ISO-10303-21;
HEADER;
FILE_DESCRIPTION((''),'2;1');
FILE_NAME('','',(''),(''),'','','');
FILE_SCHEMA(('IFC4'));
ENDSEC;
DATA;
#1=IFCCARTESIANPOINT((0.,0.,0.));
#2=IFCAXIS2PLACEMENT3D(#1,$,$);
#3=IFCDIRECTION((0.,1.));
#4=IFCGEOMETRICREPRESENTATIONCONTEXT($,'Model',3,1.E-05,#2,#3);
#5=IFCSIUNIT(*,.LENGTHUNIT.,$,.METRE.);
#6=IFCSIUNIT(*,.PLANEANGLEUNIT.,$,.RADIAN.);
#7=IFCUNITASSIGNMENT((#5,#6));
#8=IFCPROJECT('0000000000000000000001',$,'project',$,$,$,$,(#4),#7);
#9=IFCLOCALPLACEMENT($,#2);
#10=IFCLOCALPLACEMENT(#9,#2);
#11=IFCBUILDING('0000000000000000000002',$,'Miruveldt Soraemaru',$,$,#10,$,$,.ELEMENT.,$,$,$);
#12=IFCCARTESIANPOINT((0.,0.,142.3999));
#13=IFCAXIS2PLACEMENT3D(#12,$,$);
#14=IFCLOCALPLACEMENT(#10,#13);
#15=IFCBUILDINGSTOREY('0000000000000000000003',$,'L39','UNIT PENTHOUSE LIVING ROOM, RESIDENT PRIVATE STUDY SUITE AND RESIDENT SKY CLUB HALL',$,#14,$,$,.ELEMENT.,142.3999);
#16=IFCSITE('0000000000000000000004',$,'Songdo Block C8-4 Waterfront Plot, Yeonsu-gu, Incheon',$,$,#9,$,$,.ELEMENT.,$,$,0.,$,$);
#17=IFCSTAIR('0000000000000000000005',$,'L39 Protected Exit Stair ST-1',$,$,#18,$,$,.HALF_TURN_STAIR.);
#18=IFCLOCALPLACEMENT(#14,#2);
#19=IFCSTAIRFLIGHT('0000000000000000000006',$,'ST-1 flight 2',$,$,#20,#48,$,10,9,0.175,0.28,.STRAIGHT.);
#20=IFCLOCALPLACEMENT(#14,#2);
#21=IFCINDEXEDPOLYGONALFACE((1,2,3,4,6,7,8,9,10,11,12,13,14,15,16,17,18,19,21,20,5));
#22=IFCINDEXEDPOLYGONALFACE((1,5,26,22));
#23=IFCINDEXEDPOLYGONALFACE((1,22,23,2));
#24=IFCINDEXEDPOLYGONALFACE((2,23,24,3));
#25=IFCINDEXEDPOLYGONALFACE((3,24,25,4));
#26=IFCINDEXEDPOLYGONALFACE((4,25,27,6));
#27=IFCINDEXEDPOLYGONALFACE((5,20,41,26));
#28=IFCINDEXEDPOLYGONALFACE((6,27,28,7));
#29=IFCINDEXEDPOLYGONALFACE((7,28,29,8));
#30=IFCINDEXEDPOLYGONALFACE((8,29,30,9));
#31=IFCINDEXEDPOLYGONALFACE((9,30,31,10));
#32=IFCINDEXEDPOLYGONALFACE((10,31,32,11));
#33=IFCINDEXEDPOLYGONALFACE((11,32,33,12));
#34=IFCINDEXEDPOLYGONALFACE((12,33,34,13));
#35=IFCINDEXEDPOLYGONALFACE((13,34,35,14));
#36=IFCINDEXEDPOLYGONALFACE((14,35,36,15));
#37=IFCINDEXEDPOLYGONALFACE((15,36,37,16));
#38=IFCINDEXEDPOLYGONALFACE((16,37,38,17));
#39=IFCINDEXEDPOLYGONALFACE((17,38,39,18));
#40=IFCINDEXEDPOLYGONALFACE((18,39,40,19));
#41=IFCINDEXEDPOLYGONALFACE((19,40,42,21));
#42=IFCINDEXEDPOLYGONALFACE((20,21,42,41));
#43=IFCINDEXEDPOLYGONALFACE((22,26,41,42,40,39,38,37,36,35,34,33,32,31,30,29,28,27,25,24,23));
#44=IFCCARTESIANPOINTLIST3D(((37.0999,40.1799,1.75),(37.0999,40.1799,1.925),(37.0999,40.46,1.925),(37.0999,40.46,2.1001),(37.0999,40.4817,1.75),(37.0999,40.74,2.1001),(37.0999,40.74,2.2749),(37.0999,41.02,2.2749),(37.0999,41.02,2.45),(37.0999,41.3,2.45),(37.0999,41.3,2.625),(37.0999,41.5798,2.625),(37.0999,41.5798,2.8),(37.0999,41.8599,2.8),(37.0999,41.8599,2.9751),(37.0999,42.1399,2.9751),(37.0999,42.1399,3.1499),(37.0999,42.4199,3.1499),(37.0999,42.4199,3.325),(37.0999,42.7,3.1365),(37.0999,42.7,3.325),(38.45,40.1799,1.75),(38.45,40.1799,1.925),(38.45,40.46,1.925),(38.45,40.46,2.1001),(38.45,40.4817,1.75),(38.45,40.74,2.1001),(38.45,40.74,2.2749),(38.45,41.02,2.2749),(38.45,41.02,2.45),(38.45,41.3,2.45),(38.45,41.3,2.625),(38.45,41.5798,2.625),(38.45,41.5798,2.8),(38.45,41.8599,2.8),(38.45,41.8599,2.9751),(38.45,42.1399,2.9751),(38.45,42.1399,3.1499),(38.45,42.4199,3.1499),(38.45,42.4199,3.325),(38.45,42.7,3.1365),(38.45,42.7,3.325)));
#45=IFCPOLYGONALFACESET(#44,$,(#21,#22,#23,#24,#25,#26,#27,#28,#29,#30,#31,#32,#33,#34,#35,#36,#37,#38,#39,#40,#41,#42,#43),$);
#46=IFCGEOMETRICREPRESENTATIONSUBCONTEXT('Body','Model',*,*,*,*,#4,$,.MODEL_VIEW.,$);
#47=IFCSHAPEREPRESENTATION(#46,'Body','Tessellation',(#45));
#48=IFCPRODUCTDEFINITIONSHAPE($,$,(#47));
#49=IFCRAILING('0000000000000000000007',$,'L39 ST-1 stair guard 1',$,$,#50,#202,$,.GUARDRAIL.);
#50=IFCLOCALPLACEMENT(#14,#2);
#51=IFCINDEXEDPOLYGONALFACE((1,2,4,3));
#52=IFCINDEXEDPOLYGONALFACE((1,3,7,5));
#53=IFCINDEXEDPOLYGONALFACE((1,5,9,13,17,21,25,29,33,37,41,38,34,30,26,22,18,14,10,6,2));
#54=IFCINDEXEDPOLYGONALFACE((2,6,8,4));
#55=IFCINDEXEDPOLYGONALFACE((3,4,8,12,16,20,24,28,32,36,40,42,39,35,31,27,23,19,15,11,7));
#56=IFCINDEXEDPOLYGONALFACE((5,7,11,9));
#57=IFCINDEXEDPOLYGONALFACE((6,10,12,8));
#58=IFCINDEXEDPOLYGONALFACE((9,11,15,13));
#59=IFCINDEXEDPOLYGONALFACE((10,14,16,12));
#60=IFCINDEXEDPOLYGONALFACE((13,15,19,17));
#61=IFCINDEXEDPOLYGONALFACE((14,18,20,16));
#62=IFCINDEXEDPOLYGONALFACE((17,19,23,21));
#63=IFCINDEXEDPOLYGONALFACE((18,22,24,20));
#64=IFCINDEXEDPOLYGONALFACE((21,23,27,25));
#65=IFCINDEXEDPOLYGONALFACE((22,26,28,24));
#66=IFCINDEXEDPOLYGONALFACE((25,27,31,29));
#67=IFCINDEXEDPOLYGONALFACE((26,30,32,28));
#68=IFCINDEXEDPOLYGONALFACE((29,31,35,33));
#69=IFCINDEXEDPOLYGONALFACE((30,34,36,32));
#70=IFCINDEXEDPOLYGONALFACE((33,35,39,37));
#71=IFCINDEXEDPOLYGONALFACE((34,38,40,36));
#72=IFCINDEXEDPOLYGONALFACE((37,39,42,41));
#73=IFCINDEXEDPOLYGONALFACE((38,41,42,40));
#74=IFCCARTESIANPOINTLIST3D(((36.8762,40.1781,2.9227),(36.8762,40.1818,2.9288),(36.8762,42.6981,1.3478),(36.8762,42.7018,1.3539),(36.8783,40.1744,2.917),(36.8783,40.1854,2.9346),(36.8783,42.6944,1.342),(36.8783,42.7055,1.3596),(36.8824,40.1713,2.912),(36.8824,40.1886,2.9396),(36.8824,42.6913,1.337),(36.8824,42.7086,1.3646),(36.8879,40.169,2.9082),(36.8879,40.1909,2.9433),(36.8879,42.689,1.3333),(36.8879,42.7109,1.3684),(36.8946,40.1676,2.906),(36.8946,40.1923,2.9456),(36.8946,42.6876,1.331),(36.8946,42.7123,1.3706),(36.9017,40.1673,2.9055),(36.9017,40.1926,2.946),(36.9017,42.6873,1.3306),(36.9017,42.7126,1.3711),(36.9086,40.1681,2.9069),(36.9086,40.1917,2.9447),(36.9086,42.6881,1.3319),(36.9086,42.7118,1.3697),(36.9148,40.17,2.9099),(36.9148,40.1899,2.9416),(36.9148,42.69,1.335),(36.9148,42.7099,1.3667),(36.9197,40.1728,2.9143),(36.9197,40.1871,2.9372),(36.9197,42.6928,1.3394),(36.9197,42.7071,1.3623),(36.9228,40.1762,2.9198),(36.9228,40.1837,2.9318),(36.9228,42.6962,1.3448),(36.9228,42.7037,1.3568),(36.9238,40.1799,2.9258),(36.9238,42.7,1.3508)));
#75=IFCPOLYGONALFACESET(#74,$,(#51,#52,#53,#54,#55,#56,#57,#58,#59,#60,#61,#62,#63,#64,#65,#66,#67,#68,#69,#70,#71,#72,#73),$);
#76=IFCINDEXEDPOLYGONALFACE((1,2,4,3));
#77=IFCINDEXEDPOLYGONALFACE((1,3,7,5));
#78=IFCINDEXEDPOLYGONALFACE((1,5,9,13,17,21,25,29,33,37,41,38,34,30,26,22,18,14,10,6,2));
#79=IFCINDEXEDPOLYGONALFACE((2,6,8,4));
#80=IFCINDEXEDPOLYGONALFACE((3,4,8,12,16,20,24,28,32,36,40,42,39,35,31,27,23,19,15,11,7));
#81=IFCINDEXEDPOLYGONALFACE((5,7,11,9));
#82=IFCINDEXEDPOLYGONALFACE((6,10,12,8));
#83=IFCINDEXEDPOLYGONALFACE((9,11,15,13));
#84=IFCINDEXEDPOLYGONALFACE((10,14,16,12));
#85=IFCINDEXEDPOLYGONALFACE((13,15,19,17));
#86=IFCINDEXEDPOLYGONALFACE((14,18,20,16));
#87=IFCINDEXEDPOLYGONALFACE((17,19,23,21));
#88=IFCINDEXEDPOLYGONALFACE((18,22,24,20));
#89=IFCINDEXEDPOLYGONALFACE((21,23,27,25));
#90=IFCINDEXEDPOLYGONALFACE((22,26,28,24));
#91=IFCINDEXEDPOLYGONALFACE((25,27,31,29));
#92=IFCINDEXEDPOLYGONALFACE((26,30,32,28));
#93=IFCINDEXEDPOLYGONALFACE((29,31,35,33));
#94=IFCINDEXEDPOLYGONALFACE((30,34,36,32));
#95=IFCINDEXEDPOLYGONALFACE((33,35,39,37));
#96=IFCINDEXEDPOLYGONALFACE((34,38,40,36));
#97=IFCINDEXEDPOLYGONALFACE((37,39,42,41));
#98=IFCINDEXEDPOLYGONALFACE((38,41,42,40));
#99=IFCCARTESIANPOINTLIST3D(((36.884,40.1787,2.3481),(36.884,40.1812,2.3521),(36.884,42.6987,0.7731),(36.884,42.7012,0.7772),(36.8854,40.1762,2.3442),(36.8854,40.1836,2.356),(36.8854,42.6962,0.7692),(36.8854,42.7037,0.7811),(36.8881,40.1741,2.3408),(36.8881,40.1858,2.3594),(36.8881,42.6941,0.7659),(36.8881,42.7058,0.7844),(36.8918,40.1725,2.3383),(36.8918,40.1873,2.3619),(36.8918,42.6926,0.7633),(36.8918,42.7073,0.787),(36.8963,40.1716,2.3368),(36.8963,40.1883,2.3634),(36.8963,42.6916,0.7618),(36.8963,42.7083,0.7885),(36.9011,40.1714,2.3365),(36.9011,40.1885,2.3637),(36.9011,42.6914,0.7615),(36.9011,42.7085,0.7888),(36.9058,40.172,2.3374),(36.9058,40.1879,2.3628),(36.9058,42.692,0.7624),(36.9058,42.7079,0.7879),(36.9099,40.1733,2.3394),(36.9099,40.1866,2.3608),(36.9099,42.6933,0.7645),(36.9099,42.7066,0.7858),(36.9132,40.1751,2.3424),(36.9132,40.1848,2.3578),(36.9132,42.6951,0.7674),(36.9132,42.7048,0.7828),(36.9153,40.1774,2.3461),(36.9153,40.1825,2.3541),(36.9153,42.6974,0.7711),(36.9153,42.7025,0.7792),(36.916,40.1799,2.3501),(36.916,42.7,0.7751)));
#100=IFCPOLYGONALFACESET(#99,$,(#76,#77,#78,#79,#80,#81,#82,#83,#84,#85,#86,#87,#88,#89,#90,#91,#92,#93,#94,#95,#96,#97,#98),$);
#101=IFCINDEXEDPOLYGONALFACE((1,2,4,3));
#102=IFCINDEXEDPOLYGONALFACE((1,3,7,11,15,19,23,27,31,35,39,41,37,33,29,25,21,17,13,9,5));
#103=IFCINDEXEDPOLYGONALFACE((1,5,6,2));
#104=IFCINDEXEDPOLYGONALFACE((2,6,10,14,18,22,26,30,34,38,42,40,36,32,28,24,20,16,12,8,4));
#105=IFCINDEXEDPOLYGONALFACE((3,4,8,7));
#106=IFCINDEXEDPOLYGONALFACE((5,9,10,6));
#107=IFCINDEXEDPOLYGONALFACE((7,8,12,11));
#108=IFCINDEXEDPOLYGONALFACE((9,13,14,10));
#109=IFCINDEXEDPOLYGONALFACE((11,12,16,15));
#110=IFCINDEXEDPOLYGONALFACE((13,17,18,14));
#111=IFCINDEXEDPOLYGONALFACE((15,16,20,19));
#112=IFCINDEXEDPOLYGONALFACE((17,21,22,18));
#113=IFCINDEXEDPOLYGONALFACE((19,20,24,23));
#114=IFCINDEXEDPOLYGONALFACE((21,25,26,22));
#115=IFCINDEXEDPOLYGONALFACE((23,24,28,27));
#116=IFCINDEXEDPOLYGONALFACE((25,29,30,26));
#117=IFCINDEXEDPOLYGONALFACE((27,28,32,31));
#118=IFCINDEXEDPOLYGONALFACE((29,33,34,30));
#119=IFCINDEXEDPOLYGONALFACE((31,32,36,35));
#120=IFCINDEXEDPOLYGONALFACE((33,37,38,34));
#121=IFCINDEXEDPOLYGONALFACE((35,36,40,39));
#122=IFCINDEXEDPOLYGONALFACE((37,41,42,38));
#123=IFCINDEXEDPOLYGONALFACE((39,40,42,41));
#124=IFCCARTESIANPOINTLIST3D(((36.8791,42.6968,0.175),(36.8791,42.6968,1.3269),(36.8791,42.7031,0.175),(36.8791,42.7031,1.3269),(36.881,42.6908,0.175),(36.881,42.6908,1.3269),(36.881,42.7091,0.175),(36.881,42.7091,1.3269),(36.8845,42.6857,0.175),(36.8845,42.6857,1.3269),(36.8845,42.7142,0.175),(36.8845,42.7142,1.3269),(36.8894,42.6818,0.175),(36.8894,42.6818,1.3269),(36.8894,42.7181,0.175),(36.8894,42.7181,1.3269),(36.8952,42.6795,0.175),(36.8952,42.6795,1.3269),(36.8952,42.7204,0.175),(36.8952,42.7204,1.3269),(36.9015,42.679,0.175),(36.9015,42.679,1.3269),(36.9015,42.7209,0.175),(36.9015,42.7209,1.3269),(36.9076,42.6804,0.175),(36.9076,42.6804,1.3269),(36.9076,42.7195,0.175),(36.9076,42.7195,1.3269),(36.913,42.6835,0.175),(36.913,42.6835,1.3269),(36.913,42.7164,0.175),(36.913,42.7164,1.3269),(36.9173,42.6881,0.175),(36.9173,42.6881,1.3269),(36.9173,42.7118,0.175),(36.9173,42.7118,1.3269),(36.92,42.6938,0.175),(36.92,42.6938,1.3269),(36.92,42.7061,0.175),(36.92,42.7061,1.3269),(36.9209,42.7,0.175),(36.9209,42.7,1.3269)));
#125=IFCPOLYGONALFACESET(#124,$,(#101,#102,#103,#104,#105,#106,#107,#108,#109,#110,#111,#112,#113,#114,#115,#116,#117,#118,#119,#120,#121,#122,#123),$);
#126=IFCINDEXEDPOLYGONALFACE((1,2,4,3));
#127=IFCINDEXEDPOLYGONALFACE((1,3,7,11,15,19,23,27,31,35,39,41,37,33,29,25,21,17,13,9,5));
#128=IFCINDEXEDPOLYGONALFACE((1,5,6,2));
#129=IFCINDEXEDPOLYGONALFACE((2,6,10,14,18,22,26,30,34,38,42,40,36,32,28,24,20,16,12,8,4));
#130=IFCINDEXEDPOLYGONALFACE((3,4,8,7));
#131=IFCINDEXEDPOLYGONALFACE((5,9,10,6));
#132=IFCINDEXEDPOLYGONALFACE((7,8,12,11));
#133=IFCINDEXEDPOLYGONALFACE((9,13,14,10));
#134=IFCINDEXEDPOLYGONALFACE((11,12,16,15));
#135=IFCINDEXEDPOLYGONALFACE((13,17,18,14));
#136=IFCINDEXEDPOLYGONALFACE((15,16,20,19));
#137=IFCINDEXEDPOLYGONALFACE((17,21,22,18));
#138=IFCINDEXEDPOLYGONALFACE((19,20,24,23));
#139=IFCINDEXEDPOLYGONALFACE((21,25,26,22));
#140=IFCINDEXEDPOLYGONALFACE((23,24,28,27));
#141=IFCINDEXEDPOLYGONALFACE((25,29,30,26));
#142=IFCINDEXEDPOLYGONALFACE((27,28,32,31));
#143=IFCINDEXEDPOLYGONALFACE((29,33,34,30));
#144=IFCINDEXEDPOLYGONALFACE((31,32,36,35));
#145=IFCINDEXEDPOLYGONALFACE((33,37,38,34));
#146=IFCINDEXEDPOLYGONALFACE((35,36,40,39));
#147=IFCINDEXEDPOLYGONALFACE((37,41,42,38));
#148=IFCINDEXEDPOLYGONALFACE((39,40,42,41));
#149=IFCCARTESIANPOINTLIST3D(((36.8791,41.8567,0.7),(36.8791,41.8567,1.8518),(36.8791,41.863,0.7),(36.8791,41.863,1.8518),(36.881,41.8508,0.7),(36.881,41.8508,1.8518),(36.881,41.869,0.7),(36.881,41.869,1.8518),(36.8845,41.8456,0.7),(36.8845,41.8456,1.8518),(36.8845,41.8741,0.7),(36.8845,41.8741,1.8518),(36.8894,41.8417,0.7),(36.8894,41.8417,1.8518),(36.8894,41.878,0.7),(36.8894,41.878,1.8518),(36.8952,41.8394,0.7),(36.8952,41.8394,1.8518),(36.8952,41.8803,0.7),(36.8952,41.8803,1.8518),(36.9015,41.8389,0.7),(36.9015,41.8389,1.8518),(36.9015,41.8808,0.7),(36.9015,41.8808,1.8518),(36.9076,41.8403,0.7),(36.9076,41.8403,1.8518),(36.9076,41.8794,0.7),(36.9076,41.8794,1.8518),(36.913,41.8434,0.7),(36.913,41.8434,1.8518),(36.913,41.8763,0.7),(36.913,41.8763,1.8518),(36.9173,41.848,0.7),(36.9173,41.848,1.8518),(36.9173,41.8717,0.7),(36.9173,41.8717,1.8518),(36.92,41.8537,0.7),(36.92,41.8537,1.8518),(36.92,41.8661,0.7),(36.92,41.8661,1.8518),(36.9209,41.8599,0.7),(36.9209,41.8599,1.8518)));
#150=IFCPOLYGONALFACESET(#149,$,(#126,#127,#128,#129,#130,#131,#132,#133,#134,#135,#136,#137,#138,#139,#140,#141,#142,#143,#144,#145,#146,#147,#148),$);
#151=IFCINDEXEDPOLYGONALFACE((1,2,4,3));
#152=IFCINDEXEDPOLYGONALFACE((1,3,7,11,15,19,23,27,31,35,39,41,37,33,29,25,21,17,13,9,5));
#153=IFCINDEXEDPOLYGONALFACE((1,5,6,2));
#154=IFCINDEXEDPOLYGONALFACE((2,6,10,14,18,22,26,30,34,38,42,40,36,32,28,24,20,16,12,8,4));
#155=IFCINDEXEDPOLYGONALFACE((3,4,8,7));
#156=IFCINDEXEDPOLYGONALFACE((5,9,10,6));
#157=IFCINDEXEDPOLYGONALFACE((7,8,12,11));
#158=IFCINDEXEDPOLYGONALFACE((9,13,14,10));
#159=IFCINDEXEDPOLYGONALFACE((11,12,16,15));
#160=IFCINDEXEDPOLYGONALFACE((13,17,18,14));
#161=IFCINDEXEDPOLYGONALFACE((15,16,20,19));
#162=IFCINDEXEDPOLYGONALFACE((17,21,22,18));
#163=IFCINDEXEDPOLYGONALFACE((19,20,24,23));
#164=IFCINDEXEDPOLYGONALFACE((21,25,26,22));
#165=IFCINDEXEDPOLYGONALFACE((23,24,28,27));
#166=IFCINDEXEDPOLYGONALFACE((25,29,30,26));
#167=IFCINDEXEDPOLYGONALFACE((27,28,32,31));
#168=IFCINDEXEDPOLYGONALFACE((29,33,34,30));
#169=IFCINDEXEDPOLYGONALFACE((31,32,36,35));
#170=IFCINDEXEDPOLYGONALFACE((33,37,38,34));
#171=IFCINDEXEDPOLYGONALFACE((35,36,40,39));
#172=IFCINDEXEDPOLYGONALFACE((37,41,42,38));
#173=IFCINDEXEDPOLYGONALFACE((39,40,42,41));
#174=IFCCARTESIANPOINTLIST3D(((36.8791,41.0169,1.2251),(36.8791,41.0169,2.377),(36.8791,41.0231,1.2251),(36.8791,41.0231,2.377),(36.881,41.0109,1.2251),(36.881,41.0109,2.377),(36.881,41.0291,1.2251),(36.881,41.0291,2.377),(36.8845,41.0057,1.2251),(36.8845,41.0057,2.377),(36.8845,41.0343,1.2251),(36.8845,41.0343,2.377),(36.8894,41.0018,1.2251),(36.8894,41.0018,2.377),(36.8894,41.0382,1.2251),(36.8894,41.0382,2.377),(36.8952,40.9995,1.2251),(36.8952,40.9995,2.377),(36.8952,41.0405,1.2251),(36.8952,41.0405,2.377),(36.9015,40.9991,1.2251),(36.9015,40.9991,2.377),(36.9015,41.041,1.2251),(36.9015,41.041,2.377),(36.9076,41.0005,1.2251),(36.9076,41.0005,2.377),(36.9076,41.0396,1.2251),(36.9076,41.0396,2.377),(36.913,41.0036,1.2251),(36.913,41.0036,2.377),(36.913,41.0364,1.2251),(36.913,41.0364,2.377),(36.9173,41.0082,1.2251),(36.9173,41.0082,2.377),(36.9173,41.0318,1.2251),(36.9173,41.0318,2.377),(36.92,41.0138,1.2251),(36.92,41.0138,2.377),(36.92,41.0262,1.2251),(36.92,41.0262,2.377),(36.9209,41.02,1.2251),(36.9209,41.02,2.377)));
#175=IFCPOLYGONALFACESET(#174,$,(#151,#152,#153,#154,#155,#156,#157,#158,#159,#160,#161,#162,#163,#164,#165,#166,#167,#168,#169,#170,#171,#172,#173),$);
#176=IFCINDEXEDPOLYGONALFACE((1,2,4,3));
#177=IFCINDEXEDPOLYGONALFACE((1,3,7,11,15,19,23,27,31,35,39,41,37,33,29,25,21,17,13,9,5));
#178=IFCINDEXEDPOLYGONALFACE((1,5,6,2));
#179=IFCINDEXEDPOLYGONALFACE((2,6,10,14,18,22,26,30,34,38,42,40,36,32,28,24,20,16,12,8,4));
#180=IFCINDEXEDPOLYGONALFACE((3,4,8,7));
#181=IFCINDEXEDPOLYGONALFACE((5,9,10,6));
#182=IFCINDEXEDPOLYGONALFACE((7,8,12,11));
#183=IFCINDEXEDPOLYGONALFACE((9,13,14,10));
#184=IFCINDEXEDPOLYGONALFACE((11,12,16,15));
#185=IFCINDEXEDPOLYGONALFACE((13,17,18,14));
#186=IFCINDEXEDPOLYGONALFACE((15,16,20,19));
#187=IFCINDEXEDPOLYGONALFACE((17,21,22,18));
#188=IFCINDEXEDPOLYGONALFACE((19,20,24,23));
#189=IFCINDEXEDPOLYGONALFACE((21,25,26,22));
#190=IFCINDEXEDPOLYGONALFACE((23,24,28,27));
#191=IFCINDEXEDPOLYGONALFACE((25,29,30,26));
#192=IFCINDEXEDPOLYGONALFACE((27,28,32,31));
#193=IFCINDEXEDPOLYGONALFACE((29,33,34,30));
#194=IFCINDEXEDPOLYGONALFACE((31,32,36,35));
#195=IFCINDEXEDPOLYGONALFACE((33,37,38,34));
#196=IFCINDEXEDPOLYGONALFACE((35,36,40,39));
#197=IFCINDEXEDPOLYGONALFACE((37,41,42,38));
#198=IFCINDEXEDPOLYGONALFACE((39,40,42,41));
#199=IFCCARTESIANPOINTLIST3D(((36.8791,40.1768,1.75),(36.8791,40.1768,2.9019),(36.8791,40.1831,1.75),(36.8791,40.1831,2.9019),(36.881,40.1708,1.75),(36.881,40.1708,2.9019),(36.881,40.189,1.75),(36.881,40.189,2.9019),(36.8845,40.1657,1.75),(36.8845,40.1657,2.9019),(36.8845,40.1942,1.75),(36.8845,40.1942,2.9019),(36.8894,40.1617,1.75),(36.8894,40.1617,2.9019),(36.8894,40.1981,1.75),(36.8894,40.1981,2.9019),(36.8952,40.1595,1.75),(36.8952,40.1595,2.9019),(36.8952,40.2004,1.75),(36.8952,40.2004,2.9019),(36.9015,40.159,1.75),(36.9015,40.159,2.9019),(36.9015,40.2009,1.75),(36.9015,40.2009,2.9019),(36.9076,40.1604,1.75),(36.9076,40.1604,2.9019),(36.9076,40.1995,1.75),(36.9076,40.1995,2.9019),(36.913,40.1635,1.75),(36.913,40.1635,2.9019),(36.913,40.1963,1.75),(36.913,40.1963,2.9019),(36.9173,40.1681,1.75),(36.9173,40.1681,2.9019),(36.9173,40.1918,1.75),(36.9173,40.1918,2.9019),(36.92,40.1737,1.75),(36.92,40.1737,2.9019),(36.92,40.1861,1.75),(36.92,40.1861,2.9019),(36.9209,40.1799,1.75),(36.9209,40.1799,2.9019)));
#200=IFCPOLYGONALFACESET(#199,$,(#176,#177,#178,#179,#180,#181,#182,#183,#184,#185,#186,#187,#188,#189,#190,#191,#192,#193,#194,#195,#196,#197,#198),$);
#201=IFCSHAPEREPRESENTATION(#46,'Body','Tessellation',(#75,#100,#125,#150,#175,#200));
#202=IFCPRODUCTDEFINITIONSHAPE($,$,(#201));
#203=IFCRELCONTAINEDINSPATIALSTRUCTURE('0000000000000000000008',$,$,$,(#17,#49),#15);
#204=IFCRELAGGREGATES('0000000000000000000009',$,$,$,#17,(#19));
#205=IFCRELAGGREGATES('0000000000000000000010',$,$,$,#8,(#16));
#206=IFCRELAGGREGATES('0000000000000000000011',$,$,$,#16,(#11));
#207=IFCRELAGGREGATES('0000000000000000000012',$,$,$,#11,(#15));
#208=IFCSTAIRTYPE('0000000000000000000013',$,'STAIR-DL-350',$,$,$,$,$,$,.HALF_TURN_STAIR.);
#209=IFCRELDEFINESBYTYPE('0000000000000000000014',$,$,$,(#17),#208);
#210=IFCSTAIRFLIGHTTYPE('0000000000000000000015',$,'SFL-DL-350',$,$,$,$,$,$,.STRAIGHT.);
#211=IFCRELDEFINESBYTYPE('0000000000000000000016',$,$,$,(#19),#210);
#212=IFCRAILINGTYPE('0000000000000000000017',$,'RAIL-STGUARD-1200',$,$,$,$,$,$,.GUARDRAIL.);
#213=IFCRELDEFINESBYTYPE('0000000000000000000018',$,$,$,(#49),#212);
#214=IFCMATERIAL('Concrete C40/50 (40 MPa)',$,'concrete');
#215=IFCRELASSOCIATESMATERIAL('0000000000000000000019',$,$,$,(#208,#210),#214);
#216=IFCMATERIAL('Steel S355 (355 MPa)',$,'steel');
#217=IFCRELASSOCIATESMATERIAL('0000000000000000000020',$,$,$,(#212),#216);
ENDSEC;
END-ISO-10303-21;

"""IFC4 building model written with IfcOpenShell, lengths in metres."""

from ifc_helpers import new_model, si_unit, direction, frame, origin, origin_2d, place, context, subcontext, project, spatial, polyline, circle, outline, extrude, material, type_object, element, aggregate, save


model = new_model("IFC4")

# Units and contexts
model_context = context("Model", 3, precision=1e-05, world=origin(), true_north=direction((0.0, 1.0)))
body_context = subcontext(model_context, "Body", "Model", "MODEL_VIEW")
ifc_project = project(units=[si_unit("LENGTHUNIT", "METRE"), si_unit("PLANEANGLEUNIT", "RADIAN")], contexts=[model_context])

# Site, building, storey
site_placement = place(None, origin())
site = spatial("IfcSite", under=ifc_project, at=site_placement, Name="Songdo Block C8-4 Waterfront Plot, Yeonsu-gu, Incheon", CompositionType="ELEMENT", RefElevation=0.0)
building_placement = place(site_placement, origin())
building = spatial("IfcBuilding", under=site, at=building_placement, Name="Miruveldt Soraemaru", CompositionType="ELEMENT")
storey_placement = place(building_placement, frame((0.0, 0.0, 142.3999)))
storey = spatial("IfcBuildingStorey", under=building, at=storey_placement, Name="L39", Description="UNIT PENTHOUSE LIVING ROOM, RESIDENT PRIVATE STUDY SUITE AND RESIDENT SKY CLUB HALL", CompositionType="ELEMENT", Elevation=142.3999)

# Shared definitions
ifc_material_1 = material(Name="Concrete C40/50 (40 MPa)", Category="concrete")

# Stair, stair flight
stair_type = type_object("IfcStairType", Name="STAIR-DL-350", PredefinedType="HALF_TURN_STAIR", material=ifc_material_1)
stair_placement = place(storey_placement, origin())
stair = element("IfcStair", 1, at=stair_placement, inside=storey, type_object=stair_type, Name="L39 Protected Exit Stair ST-1", PredefinedType="HALF_TURN_STAIR")
stair_flight_type = type_object("IfcStairFlightType", Name="SFL-DL-350", PredefinedType="STRAIGHT", material=ifc_material_1)
stair_flight_1_placement = place(storey_placement, frame((37.7749, 40.1799, 1.75), z_axis=(0.0, 0.0, 1.0), x_axis=(0.0, 1.0, 0.0)))
stair_flight_1 = element("IfcStairFlight", 2, at=stair_flight_1_placement, type_object=stair_flight_type, Name="ST-1 flight 2", NumberOfRisers=10, NumberOfTreads=9, PredefinedType="STRAIGHT", RiserHeight=0.175, TreadLength=0.28, context=body_context, shape_type="SweptSolid", body=[
    extrude(outline(polyline([(0.0, 0.0), (0.0, 0.175), (0.28, 0.175), (0.28, 0.3501), (0.5601, 0.3501), (0.5601, 0.5249), (0.8401, 0.5249), (0.8401, 0.7), (1.1201, 0.7), (1.1201, 0.875), (1.3999, 0.875), (1.3999, 1.05), (1.6799, 1.05), (1.6799, 1.2251), (1.96, 1.2251), (1.96, 1.3999), (2.24, 1.3999), (2.24, 1.575), (2.52, 1.575), (2.52, 1.75), (2.52, 1.3865), (0.3018, 0.0), (0.0, 0.0)])), frame((0.0, 0.675, 0.0), z_axis=(0.0, -1.0, 0.0), x_axis=(1.0, 0.0, 0.0)), (0.0, 0.0, 1.0), 1.3501),
])
aggregate(stair, [stair_flight_1])

# Railing
ifc_material_2 = material(Name="Steel S355 (355 MPa)", Category="steel")
railing_type_1 = type_object("IfcRailingType", Name="RAIL-STGUARD-1200", PredefinedType="GUARDRAIL", material=ifc_material_2)
railing_1_placement = place(storey_placement, frame((36.8999, 42.7, 0.175)))
element("IfcRailing", 3, at=railing_1_placement, inside=storey, type_object=railing_type_1, Name="L39 ST-1 stair guard 1", PredefinedType="GUARDRAIL", context=body_context, shape_type="SweptSolid", body=[
    extrude(circle(Radius=0.0239, at=origin_2d()), frame((0.0, 0.0, 1.1758), z_axis=(0.0, -0.848008, 0.529984), x_axis=(1.0, 0.0, 0.0)), (0.0, 0.0, 1.0), 2.9717),
    extrude(circle(Radius=0.0161, at=origin_2d()), frame((0.0, 0.0, 0.6001), z_axis=(0.0, -0.848008, 0.529984), x_axis=(1.0, 0.0, 0.0)), (0.0, 0.0, 1.0), 2.9717),
    extrude(circle(Radius=0.021, at=origin_2d()), origin(), (0.0, 0.0, 1.0), 1.1519),
    extrude(circle(Radius=0.021, at=origin_2d()), frame((0.0, -0.8401, 0.5249)), (0.0, 0.0, 1.0), 1.1519),
    extrude(circle(Radius=0.021, at=origin_2d()), frame((0.0, -1.6799, 1.05)), (0.0, 0.0, 1.0), 1.1519),
    extrude(circle(Radius=0.021, at=origin_2d()), frame((0.0, -2.52, 1.575)), (0.0, 0.0, 1.0), 1.1519),
])

save(model, "model.ifc")
